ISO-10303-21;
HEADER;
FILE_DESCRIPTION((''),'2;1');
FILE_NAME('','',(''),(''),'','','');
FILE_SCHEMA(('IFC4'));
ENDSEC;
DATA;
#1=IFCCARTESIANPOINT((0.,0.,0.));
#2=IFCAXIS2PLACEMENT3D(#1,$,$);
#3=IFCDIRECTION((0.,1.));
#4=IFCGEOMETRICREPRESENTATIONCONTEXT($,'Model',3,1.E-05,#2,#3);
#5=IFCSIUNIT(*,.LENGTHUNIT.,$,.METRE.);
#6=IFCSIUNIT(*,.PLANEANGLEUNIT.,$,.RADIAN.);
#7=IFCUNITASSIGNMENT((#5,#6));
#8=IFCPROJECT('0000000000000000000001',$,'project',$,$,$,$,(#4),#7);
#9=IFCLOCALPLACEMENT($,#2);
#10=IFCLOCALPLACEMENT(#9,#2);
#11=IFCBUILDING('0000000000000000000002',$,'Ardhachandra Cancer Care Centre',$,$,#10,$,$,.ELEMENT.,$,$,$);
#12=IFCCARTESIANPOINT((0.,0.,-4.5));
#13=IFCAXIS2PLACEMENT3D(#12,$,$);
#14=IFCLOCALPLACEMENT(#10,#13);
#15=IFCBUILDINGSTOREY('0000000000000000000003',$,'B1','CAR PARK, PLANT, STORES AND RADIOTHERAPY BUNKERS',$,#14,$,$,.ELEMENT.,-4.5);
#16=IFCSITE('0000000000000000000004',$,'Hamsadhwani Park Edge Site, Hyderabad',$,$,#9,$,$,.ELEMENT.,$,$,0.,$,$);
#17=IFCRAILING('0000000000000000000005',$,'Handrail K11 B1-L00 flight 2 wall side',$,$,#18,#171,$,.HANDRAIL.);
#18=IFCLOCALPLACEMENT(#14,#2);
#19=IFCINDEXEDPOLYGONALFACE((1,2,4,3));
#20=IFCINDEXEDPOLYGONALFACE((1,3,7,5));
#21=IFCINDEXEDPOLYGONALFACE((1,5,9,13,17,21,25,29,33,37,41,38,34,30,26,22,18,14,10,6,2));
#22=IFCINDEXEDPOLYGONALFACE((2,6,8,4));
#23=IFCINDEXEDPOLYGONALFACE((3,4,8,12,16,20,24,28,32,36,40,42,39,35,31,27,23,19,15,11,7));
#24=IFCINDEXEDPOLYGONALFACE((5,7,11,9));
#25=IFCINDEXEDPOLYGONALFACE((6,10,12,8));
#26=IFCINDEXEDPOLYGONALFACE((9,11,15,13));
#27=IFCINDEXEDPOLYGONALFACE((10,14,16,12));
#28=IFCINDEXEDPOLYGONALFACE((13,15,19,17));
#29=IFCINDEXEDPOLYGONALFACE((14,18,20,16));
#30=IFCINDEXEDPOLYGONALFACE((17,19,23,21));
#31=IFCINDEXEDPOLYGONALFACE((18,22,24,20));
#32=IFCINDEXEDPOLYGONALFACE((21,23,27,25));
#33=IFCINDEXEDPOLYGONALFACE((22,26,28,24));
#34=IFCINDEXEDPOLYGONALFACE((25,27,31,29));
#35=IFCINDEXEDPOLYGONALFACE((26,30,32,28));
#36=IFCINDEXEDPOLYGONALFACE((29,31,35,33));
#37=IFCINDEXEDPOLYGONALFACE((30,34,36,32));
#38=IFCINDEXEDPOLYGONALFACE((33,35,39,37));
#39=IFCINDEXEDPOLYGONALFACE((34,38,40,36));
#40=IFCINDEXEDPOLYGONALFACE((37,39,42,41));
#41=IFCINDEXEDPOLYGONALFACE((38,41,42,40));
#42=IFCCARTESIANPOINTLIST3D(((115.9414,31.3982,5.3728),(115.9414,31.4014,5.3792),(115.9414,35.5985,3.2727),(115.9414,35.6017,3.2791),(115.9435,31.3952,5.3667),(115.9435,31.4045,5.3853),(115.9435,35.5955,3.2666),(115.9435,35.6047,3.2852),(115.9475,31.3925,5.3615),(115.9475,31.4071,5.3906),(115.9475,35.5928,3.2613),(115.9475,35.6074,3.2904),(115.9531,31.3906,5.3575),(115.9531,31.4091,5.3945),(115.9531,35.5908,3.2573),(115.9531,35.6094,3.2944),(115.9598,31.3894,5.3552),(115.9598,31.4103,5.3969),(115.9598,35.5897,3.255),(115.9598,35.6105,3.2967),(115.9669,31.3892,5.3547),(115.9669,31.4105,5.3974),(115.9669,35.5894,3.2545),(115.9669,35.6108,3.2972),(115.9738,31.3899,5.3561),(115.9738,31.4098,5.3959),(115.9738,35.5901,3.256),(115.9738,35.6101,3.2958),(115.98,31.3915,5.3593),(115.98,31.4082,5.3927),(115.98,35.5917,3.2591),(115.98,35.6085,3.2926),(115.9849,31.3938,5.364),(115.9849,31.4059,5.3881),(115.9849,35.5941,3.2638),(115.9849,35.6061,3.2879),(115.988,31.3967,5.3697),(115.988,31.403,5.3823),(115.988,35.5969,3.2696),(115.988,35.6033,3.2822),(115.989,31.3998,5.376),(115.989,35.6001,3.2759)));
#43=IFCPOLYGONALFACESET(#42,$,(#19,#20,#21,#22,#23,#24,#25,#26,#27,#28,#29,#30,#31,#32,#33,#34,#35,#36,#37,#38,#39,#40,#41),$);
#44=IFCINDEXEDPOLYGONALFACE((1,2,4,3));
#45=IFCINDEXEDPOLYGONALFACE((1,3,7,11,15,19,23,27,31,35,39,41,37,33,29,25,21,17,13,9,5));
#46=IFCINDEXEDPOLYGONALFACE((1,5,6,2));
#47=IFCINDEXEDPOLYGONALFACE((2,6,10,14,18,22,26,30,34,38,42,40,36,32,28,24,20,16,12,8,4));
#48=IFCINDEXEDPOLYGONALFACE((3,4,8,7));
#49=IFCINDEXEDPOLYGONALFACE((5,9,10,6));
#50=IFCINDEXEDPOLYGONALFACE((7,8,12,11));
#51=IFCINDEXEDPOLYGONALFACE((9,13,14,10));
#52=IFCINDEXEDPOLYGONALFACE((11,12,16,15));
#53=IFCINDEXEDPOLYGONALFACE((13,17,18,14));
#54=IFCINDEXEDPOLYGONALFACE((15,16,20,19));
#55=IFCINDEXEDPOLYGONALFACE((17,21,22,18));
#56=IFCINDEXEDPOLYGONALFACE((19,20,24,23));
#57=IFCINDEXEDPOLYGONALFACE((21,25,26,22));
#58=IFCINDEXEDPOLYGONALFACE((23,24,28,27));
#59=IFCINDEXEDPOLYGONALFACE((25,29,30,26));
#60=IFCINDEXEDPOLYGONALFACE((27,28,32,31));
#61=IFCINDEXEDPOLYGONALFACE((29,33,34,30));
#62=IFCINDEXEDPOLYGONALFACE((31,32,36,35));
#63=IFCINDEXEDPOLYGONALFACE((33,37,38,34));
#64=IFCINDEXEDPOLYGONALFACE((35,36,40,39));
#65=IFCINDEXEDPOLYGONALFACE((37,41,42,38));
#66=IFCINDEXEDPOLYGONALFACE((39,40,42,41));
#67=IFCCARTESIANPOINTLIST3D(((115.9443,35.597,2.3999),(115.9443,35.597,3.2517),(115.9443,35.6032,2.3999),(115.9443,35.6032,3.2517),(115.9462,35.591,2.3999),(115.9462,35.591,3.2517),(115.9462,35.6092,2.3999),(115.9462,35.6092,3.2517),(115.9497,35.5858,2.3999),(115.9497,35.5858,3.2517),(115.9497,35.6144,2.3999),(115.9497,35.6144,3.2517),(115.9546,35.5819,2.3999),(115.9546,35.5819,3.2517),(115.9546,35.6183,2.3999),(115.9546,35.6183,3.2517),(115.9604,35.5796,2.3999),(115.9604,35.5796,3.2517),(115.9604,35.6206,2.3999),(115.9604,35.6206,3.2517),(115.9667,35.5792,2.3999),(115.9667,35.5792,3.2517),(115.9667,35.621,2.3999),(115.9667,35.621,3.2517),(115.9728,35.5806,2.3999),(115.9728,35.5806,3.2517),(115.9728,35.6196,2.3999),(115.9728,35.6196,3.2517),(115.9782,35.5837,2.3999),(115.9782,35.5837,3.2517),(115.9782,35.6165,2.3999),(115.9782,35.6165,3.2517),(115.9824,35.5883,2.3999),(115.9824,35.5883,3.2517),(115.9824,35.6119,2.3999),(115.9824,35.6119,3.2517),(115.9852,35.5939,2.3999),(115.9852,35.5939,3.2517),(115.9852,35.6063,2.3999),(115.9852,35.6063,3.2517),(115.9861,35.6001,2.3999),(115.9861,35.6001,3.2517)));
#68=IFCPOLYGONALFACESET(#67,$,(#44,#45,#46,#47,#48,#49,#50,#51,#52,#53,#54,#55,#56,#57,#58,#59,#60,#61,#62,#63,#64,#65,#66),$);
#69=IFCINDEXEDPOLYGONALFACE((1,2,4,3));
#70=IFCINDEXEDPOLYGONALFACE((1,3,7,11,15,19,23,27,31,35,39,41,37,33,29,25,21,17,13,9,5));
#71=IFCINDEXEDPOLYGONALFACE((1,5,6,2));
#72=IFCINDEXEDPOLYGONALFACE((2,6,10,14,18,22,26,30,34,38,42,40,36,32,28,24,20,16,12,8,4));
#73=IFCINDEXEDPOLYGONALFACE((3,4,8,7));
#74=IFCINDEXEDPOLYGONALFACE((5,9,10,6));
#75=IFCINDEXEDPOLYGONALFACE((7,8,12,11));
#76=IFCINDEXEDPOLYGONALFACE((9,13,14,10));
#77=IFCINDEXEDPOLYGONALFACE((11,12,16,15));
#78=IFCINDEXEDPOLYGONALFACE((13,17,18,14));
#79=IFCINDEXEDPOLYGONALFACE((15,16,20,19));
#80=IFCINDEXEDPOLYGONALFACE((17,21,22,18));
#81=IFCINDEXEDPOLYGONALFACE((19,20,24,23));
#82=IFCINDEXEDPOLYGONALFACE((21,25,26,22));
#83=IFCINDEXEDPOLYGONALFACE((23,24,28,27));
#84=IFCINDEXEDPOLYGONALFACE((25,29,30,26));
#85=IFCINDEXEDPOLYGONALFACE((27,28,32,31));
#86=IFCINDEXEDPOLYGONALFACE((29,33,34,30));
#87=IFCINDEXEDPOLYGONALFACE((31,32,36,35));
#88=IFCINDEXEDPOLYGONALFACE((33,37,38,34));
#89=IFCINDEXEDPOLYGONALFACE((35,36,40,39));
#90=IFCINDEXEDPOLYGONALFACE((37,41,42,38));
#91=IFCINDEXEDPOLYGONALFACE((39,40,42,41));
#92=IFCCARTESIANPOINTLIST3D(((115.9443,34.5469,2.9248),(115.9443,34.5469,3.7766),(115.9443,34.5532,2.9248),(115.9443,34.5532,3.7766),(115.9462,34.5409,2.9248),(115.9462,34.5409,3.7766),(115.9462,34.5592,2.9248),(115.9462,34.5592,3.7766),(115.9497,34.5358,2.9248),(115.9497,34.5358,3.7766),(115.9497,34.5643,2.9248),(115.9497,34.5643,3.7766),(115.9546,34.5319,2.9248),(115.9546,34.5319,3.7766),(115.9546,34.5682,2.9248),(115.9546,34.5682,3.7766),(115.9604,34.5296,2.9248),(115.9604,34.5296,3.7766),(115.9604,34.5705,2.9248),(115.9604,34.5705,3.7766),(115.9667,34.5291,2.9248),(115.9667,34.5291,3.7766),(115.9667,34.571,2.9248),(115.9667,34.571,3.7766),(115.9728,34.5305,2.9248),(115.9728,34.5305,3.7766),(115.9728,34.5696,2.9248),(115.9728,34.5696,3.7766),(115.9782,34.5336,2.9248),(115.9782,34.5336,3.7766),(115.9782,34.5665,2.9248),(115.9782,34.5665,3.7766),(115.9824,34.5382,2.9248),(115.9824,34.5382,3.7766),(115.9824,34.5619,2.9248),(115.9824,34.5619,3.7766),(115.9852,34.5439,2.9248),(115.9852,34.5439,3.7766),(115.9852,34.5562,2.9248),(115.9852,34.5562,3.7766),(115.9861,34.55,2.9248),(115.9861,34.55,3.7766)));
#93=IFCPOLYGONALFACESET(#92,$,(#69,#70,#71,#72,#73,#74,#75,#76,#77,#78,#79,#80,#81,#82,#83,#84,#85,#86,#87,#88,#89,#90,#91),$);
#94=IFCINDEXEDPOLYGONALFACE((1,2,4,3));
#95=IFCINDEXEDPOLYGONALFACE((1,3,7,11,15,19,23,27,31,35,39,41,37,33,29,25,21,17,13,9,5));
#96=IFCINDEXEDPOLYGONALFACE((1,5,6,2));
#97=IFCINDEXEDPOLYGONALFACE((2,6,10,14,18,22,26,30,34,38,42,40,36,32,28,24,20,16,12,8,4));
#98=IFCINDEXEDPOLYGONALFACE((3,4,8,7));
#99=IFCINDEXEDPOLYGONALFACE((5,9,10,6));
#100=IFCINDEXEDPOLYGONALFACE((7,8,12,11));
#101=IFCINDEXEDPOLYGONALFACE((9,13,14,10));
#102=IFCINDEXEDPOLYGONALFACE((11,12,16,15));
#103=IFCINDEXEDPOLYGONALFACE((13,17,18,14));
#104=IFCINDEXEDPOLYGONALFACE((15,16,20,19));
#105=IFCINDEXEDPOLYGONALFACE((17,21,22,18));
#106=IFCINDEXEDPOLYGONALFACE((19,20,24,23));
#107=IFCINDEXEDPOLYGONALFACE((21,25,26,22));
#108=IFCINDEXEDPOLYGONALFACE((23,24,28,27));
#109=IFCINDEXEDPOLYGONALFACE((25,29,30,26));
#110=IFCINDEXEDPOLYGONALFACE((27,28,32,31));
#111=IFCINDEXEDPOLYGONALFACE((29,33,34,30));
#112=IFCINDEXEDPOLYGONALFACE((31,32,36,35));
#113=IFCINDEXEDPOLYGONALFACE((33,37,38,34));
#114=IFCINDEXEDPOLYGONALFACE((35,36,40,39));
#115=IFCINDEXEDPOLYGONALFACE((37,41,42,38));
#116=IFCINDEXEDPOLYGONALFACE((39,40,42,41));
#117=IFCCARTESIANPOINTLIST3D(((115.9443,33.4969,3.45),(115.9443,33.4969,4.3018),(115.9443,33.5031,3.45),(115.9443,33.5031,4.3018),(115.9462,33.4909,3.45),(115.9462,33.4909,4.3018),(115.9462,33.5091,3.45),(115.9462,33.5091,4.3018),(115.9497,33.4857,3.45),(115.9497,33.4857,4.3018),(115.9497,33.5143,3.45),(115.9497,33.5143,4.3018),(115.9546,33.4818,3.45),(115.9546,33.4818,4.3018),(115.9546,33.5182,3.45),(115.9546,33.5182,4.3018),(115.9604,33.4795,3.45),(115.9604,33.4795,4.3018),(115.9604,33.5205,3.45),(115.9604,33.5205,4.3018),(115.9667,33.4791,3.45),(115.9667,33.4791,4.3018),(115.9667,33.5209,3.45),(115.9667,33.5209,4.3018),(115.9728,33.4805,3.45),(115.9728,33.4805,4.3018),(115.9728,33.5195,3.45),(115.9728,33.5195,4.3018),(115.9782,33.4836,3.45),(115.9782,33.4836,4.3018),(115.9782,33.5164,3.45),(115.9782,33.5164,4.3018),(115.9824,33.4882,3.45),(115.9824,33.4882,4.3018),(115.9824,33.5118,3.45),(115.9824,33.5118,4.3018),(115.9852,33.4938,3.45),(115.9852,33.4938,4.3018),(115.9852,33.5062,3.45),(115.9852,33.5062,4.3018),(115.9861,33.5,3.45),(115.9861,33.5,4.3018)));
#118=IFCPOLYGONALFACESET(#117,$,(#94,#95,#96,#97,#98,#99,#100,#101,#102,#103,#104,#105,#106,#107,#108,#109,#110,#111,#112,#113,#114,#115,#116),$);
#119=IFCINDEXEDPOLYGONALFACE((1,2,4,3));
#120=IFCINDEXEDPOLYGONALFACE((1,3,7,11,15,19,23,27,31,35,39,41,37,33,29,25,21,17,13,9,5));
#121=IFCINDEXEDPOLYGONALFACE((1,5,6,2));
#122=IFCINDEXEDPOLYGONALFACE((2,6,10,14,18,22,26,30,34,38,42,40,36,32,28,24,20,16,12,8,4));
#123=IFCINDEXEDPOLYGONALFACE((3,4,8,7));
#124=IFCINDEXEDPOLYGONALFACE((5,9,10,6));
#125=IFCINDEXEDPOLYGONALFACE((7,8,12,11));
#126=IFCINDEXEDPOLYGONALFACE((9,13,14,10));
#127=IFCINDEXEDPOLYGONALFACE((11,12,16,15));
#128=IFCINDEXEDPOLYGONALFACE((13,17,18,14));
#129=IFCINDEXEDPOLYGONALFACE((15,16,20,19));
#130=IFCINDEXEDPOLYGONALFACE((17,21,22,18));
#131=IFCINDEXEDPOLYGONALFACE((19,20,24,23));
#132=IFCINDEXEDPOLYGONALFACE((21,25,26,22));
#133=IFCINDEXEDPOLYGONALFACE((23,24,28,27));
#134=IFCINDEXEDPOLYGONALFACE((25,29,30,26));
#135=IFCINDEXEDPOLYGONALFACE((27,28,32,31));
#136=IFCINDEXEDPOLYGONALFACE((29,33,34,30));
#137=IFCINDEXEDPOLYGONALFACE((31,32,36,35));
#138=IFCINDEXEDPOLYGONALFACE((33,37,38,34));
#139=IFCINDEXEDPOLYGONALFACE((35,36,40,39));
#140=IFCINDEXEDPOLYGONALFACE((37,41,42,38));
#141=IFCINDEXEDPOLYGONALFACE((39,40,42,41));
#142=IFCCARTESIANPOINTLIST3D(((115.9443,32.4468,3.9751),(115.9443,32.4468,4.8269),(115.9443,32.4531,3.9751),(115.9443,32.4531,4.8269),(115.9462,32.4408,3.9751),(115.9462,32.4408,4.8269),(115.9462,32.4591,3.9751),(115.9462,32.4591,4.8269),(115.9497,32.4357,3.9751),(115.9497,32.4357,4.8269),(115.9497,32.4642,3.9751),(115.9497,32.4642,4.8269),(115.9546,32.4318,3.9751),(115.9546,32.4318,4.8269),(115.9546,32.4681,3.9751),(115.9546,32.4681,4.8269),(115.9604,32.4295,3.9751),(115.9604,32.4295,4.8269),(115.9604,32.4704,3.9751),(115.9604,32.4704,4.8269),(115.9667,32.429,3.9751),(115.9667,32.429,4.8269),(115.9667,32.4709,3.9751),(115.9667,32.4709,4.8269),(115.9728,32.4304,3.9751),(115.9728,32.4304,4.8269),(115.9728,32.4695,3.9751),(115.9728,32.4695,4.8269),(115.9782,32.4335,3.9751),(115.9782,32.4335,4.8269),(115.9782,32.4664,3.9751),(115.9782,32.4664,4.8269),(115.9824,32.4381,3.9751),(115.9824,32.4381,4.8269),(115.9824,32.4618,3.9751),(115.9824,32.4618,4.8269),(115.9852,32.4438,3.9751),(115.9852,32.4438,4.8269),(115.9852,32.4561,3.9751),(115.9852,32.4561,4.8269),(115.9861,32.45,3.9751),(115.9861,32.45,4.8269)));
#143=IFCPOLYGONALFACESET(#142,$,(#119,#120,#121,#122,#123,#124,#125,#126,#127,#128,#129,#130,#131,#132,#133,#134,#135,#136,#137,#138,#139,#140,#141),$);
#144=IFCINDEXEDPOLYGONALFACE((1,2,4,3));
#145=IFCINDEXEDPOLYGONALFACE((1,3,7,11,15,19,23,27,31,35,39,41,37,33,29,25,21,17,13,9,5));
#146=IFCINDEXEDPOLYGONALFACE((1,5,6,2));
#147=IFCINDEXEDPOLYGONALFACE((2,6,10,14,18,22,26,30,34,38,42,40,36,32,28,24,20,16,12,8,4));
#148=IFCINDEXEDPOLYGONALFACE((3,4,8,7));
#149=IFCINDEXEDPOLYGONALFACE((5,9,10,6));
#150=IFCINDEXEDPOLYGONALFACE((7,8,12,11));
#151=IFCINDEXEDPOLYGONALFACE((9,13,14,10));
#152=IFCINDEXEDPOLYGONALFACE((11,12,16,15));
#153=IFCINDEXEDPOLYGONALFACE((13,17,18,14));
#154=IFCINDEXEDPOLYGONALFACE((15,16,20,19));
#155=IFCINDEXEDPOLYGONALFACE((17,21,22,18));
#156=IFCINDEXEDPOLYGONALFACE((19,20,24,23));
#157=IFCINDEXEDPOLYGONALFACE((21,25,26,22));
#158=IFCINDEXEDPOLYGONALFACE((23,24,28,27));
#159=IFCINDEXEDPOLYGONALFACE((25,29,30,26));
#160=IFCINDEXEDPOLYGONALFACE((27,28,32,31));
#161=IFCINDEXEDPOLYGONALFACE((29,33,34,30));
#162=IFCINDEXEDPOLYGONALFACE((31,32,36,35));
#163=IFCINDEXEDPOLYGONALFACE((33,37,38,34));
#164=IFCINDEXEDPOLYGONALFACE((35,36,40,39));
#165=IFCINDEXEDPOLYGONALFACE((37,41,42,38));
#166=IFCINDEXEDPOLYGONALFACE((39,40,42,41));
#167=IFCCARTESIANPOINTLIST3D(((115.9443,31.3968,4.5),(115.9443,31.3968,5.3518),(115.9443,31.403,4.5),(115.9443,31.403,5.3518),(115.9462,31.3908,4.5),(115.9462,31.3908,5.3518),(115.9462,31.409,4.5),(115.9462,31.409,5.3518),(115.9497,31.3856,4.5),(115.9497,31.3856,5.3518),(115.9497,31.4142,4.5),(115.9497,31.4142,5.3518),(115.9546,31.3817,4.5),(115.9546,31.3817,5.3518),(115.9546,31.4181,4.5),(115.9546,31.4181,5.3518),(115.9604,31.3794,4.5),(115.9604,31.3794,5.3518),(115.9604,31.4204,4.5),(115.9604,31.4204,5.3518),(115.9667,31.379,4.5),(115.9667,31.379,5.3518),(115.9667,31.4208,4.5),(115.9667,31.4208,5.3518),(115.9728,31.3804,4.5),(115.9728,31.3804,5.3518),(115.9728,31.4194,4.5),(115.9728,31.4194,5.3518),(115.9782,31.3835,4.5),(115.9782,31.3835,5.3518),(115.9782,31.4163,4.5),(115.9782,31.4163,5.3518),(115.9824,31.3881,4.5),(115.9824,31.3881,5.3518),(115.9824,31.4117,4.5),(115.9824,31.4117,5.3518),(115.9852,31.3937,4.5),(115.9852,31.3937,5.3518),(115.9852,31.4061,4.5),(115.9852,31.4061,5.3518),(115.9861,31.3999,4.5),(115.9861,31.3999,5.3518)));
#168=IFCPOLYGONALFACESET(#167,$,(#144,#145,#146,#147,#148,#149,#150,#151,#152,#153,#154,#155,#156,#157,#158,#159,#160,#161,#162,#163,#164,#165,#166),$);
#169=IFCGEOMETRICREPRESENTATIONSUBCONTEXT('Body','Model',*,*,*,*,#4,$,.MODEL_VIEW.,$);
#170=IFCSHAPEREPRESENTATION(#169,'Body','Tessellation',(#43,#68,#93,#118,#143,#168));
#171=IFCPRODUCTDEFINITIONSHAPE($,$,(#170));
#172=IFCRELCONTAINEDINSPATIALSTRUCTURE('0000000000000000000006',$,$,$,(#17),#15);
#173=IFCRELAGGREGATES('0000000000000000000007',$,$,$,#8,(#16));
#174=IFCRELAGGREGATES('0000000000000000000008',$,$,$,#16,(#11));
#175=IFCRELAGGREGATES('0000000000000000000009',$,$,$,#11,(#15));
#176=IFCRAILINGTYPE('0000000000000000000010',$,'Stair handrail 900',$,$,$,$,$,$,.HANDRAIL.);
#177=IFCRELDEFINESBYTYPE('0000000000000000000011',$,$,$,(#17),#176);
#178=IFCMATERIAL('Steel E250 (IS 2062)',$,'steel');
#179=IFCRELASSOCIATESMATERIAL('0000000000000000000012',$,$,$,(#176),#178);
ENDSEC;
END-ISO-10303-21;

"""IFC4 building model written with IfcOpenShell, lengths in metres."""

from ifc_helpers import new_model, si_unit, direction, frame, origin, origin_2d, place, context, subcontext, project, spatial, circle, extrude, material, type_object, element, save


model = new_model("IFC4")

# Units and contexts
model_context = context("Model", 3, precision=1e-05, world=origin(), true_north=direction((0.0, 1.0)))
body_context = subcontext(model_context, "Body", "Model", "MODEL_VIEW")
ifc_project = project(units=[si_unit("LENGTHUNIT", "METRE"), si_unit("PLANEANGLEUNIT", "RADIAN")], contexts=[model_context])

# Site, building, storey
site_placement = place(None, origin())
site = spatial("IfcSite", under=ifc_project, at=site_placement, Name="Hamsadhwani Park Edge Site, Hyderabad", CompositionType="ELEMENT", RefElevation=0.0)
building_placement = place(site_placement, origin())
building = spatial("IfcBuilding", under=site, at=building_placement, Name="Ardhachandra Cancer Care Centre", CompositionType="ELEMENT")
storey_placement = place(building_placement, frame((0.0, 0.0, -4.5)))
storey = spatial("IfcBuildingStorey", under=building, at=storey_placement, Name="B1", Description="CAR PARK, PLANT, STORES AND RADIOTHERAPY BUNKERS", CompositionType="ELEMENT", Elevation=-4.5)

# Railing
ifc_material_1 = material(Name="Steel E250 (IS 2062)", Category="steel")
railing_type = type_object("IfcRailingType", Name="Stair handrail 900", PredefinedType="HANDRAIL", material=ifc_material_1)
for number, where, name in (
    (1, (115.9651, 35.6001, 2.3999), "Handrail K11 B1-L00 flight 2 wall side"),
):
    element("IfcRailing", number, at=place(storey_placement, frame(where)), inside=storey, type_object=railing_type, Name=name, PredefinedType="HANDRAIL", context=body_context, shape_type="SweptSolid", body=[
        extrude(circle(Radius=0.0239, at=origin_2d()), frame((0.0, 0.0, 0.876), z_axis=(0.0, -0.894427, 0.447214), x_axis=(1.0, 0.0, 0.0)), (0.0, 0.0, 1.0), 4.696),
        extrude(circle(Radius=0.021, at=origin_2d()), origin(), (0.0, 0.0, 1.0), 0.8518),
        extrude(circle(Radius=0.021, at=origin_2d()), frame((0.0, -1.05, 0.5249)), (0.0, 0.0, 1.0), 0.8518),
        extrude(circle(Radius=0.021, at=origin_2d()), frame((0.0, -2.1001, 1.05)), (0.0, 0.0, 1.0), 0.8518),
        extrude(circle(Radius=0.021, at=origin_2d()), frame((0.0, -3.1501, 1.5752)), (0.0, 0.0, 1.0), 0.8518),
        extrude(circle(Radius=0.021, at=origin_2d()), frame((0.0, -4.2002, 2.1001)), (0.0, 0.0, 1.0), 0.8518),
    ])

save(model, "model.ifc")
